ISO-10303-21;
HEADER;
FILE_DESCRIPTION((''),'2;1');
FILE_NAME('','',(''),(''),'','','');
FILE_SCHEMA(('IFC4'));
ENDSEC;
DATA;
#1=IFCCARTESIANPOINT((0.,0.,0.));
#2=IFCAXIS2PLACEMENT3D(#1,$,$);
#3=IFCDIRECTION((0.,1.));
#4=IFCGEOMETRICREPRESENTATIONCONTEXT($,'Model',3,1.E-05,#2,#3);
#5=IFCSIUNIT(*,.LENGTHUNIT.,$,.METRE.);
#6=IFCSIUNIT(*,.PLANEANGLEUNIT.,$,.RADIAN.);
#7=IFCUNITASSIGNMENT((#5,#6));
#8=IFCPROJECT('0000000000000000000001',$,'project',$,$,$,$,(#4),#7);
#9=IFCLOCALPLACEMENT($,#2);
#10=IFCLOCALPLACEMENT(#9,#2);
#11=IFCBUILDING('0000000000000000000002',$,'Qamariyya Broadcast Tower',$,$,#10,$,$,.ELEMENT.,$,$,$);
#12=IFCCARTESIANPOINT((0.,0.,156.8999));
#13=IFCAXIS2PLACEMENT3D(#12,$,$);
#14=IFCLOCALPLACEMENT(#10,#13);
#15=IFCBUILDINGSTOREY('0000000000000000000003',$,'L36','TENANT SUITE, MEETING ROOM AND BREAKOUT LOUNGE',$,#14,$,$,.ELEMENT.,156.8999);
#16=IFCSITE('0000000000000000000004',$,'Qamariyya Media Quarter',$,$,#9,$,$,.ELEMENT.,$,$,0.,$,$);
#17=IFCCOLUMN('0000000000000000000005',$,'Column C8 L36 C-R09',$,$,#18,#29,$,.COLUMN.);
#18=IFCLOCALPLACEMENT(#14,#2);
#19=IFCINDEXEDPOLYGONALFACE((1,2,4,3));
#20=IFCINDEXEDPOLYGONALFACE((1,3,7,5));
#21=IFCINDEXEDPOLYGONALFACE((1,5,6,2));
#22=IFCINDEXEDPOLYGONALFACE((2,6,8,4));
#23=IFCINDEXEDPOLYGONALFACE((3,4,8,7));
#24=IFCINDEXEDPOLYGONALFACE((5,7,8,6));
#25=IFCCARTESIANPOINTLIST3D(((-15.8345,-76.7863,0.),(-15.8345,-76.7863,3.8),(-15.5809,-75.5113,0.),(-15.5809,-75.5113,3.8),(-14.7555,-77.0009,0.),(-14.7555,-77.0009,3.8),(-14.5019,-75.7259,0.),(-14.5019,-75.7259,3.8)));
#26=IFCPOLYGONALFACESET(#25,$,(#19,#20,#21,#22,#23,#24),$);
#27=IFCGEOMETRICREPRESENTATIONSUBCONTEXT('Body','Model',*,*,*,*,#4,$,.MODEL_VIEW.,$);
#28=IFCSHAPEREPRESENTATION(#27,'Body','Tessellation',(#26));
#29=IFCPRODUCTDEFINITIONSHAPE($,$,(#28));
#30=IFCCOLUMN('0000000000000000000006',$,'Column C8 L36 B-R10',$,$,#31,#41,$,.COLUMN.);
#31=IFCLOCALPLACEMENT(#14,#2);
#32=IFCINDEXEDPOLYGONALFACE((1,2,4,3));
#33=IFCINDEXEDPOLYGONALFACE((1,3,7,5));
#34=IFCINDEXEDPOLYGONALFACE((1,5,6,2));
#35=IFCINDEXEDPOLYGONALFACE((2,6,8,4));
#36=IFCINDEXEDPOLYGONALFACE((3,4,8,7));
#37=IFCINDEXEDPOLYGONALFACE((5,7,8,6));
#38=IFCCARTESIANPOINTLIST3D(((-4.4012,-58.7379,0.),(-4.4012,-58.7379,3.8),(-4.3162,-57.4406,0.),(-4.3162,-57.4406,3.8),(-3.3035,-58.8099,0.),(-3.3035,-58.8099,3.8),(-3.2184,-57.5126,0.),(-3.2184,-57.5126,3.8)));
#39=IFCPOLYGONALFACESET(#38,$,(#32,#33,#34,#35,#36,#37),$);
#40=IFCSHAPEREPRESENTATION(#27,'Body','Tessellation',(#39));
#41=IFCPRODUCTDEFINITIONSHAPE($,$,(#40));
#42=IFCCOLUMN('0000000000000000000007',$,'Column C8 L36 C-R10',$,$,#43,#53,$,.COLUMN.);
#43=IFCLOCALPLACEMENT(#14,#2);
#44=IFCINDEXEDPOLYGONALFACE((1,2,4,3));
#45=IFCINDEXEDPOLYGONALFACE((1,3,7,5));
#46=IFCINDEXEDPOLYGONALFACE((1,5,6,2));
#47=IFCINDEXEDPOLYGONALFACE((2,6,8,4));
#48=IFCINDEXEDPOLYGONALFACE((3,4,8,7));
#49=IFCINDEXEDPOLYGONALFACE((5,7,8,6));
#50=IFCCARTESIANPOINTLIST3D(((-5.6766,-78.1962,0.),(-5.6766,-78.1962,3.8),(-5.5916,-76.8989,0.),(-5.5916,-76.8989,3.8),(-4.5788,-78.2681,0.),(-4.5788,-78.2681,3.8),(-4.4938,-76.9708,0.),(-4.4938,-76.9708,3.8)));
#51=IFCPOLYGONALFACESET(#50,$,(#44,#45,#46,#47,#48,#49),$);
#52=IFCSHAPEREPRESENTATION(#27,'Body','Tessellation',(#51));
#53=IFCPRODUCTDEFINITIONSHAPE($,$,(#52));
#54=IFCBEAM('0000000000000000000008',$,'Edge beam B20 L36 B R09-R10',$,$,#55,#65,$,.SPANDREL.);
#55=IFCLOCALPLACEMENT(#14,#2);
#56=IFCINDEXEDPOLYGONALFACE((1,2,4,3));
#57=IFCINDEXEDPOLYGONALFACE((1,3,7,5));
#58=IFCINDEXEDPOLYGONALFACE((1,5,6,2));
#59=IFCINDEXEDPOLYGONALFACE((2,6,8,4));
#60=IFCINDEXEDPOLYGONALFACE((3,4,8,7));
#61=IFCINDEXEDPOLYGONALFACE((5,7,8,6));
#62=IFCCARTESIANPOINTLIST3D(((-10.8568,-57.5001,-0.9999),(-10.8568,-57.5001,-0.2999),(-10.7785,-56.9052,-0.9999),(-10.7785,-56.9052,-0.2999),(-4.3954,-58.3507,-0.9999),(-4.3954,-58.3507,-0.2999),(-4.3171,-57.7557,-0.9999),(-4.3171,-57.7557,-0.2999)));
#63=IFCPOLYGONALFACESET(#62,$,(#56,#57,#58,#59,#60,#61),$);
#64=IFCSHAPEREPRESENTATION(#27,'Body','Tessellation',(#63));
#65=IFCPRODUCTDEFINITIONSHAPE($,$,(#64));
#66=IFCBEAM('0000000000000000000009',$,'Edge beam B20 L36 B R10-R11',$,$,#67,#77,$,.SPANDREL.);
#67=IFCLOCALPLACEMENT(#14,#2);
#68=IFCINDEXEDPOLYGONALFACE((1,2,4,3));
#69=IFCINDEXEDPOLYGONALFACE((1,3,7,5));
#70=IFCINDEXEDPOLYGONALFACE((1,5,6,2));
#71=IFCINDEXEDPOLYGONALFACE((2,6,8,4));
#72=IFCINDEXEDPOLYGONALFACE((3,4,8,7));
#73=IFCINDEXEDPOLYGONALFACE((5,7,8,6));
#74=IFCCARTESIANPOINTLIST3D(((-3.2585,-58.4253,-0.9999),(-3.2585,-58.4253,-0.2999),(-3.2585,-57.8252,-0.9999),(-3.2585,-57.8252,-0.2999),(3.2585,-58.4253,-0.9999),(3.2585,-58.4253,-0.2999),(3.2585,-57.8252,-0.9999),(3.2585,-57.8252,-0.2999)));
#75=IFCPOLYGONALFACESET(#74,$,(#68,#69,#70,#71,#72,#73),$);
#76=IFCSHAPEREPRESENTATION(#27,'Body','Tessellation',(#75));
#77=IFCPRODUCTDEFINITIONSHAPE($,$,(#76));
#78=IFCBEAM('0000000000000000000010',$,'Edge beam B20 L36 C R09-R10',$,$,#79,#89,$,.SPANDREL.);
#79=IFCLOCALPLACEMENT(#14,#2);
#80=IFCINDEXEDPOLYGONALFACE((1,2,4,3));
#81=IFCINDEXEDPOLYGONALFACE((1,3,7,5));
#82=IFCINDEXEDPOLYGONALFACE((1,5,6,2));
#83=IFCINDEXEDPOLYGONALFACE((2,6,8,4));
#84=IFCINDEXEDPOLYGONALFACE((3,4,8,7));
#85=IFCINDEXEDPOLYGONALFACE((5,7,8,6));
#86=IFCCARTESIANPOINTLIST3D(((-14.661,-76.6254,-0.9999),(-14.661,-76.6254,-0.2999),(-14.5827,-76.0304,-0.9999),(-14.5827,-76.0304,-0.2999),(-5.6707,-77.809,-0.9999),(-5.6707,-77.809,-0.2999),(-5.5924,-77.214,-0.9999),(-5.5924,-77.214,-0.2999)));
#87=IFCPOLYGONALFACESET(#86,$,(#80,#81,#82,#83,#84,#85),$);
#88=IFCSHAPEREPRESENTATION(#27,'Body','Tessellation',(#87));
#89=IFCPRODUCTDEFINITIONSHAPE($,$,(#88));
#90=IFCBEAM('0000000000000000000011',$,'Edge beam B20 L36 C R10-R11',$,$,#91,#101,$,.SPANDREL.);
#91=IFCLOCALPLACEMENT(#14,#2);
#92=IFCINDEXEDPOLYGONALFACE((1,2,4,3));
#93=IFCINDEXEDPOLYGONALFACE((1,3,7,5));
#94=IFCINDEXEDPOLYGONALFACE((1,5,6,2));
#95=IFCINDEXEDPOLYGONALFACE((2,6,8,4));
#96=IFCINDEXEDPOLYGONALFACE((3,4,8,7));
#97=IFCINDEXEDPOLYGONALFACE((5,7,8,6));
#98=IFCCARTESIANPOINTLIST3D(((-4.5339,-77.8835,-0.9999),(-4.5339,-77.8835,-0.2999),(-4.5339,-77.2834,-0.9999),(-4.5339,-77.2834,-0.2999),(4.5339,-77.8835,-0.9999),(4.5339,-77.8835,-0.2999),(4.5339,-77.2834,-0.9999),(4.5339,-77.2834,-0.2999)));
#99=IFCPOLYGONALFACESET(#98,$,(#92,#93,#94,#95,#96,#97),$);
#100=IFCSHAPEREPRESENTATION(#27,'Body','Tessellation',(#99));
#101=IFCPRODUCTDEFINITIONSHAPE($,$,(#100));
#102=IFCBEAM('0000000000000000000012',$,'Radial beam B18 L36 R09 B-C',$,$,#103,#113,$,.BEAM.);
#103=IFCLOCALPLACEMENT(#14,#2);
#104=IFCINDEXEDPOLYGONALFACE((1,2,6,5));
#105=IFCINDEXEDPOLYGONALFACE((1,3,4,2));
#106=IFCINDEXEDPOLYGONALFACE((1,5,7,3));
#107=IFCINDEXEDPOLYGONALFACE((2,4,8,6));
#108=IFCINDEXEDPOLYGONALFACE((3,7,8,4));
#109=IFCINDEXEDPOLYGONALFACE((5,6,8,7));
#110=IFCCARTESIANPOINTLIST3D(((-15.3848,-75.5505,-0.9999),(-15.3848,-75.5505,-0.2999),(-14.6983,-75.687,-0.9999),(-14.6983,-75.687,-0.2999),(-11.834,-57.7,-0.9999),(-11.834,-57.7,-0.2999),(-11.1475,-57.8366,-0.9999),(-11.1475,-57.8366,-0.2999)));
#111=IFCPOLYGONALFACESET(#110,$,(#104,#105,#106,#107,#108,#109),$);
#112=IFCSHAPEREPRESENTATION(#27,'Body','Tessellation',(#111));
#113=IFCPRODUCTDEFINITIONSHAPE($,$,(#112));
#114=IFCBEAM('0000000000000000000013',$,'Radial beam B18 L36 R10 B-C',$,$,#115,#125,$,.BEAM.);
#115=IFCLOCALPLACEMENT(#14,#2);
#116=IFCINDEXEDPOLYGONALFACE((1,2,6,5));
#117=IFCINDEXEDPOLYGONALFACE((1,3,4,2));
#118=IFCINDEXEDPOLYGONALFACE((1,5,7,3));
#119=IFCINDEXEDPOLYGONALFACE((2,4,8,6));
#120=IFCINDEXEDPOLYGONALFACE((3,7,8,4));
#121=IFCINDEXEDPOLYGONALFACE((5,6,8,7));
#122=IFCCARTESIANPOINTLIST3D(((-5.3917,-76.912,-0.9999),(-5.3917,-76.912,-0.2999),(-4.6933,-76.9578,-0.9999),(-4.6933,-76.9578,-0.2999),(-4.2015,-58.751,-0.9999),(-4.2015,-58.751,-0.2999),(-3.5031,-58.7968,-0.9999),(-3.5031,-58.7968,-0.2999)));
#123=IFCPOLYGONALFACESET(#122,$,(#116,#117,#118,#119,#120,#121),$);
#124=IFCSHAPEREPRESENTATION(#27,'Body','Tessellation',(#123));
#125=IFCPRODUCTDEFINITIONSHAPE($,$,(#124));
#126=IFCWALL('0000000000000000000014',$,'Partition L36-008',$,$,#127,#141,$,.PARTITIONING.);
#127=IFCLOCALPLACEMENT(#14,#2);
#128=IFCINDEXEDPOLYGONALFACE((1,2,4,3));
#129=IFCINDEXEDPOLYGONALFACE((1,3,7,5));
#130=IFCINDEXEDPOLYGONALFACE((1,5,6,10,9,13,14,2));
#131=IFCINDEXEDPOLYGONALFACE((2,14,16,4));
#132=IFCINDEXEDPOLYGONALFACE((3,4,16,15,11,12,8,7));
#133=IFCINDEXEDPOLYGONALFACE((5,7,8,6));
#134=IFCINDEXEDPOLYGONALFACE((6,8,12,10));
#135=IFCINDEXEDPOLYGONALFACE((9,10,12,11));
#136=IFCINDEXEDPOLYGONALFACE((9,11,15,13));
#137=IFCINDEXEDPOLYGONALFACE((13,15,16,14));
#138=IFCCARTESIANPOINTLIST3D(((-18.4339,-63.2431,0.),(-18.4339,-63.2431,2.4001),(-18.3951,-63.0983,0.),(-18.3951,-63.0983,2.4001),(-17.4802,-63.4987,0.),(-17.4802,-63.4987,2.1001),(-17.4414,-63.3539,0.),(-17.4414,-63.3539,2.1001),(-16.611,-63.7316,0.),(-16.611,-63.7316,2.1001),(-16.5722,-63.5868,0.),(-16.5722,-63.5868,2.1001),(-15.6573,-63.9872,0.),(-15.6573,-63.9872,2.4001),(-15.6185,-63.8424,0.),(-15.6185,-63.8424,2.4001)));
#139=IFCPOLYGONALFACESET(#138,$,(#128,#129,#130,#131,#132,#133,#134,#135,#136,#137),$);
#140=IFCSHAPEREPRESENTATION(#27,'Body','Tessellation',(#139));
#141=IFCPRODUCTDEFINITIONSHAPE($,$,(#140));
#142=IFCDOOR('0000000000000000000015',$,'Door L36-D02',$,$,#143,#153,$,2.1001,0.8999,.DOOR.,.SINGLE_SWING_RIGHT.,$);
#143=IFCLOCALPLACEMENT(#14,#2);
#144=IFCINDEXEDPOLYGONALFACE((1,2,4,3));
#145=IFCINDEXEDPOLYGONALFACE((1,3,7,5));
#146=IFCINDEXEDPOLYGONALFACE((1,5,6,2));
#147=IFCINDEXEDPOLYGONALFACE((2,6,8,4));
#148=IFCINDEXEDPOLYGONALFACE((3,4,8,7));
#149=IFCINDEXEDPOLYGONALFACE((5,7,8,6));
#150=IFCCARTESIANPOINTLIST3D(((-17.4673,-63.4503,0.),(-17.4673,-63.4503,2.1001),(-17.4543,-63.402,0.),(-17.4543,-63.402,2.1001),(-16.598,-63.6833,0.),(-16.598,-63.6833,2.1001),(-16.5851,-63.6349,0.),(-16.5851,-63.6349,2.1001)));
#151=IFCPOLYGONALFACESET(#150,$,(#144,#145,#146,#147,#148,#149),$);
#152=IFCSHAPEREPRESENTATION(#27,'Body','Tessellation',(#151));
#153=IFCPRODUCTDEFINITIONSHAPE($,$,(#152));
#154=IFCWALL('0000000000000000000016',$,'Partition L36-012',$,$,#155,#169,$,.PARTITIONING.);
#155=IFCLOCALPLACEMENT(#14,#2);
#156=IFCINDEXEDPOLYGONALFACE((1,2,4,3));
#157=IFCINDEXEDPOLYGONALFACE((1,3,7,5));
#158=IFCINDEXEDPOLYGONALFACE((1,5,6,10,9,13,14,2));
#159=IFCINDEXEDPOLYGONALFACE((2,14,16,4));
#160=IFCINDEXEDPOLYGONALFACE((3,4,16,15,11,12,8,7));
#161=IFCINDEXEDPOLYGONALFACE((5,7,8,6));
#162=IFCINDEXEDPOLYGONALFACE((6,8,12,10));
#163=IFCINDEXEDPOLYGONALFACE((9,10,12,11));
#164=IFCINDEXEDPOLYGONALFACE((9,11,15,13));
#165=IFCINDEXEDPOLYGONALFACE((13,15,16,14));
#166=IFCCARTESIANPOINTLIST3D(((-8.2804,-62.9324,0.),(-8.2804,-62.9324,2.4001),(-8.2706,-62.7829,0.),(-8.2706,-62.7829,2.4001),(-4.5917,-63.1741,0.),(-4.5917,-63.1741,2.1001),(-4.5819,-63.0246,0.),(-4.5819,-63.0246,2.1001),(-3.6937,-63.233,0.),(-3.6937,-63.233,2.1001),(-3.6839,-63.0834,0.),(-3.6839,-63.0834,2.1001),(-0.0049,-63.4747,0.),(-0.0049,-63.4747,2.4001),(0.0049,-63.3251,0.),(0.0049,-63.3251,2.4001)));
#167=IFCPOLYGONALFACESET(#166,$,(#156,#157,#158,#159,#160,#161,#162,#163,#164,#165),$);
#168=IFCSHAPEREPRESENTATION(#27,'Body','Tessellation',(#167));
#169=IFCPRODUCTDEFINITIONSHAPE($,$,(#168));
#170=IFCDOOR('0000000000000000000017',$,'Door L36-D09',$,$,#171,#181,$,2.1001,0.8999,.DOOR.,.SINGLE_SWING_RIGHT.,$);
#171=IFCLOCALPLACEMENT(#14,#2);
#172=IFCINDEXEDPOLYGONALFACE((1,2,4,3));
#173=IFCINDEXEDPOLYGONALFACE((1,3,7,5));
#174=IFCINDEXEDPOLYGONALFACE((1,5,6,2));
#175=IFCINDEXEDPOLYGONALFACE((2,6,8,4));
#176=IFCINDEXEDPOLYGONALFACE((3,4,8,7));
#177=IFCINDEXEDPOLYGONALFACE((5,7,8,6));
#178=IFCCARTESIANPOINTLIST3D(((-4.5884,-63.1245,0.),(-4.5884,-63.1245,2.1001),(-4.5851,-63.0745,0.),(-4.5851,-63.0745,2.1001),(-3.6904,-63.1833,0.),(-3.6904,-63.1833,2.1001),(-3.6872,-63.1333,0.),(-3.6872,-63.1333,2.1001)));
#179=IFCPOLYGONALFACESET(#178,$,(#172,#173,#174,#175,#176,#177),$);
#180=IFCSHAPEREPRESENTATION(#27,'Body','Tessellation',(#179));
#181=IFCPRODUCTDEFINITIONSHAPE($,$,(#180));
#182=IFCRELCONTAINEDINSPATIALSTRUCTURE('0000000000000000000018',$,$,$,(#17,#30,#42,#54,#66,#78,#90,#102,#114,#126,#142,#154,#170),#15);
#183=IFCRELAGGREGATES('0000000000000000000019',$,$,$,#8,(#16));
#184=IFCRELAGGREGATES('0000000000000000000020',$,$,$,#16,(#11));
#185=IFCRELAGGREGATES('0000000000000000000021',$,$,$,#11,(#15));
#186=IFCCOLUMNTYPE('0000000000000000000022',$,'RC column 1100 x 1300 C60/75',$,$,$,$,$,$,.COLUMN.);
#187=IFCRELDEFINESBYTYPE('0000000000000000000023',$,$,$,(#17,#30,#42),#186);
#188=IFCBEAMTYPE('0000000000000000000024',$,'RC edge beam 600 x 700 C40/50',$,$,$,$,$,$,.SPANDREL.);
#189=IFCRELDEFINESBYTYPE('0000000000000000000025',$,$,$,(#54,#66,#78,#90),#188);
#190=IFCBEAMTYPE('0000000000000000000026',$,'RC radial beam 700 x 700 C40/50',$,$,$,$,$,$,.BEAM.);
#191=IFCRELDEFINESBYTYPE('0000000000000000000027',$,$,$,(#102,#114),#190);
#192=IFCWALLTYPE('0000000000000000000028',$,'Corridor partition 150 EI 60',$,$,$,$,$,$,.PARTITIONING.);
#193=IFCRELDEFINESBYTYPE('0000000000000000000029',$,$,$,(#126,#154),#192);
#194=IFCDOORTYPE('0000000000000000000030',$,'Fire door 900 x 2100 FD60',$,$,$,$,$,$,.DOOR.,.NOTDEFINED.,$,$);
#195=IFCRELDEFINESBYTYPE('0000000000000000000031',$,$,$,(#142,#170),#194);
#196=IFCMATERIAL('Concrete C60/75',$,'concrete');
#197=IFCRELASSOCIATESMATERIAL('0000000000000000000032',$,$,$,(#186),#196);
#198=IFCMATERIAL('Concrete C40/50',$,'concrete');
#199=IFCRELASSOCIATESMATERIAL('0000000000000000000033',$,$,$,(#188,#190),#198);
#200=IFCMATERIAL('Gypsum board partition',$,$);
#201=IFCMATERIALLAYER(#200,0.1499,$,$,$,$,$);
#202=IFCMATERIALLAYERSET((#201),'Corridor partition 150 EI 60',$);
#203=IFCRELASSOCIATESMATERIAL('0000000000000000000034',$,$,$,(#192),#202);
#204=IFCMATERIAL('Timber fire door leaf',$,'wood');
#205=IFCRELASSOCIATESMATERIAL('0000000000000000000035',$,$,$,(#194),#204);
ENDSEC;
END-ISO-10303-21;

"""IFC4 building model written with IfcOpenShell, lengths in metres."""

from ifc_helpers import new_model, si_unit, direction, frame, frame_2d, origin, origin_2d, place, context, subcontext, project, spatial, rectangle, extrude, material, layer, layer_set, material_profile, profile_set, type_object, element, fill, save


model = new_model("IFC4")

# Units and contexts
model_context = context("Model", 3, precision=1e-05, world=origin(), true_north=direction((0.0, 1.0)))
body_context = subcontext(model_context, "Body", "Model", "MODEL_VIEW")
ifc_project = project(units=[si_unit("LENGTHUNIT", "METRE"), si_unit("PLANEANGLEUNIT", "RADIAN")], contexts=[model_context])

# Site, building, storey
site_placement = place(None, origin())
site = spatial("IfcSite", under=ifc_project, at=site_placement, Name="Qamariyya Media Quarter", CompositionType="ELEMENT", RefElevation=0.0)
building_placement = place(site_placement, origin())
building = spatial("IfcBuilding", under=site, at=building_placement, Name="Qamariyya Broadcast Tower", CompositionType="ELEMENT")
storey_placement = place(building_placement, frame((0.0, 0.0, 156.8999)))
storey = spatial("IfcBuildingStorey", under=building, at=storey_placement, Name="L36", Description="TENANT SUITE, MEETING ROOM AND BREAKOUT LOUNGE", CompositionType="ELEMENT", Elevation=156.8999)

# Columns
ifc_material_1 = material(Name="Concrete C60/75", Category="concrete")
ifc_material_profile_1 = material_profile(ifc_material_1, rectangle(XDim=1.1001, YDim=1.3, at=origin_2d()))
ifc_profile_set_1 = profile_set([ifc_material_profile_1], Name="Concrete C60/75")
column_type = type_object("IfcColumnType", Name="RC column 1100 x 1300 C60/75", PredefinedType="COLUMN", material=ifc_profile_set_1)
for number, where, z_axis, x_axis, name in (
    (1, (-15.1682, -76.2561, 0.0), (0.0, 0.0, 1.0), (0.980785, -0.19509, 0.0), "Column C8 L36 C-R09"),
    (2, (-3.8098, -58.1252, 0.0), (0.0, 0.0, 1.0), (0.997859, -0.065403, 0.0), "Column C8 L36 B-R10"),
    (3, (-5.0852, -77.5835, 0.0), (0.0, 0.0, 1.0), (0.997859, -0.065403, 0.0), "Column C8 L36 C-R10"),
):
    element("IfcColumn", number, at=place(storey_placement, frame(where, z_axis=z_axis, x_axis=x_axis)), inside=storey, type_object=column_type, Name=name, PredefinedType="COLUMN", context=body_context, shape_type="SweptSolid", body=[
        extrude(rectangle(XDim=1.1001, YDim=1.3, at=origin_2d()), origin(), (0.0, 0.0, 1.0), 3.8),
    ])

# Beams
ifc_material_2 = material(Name="Concrete C40/50", Category="concrete")
ifc_material_profile_2 = material_profile(ifc_material_2, rectangle(XDim=0.6001, YDim=0.7, at=origin_2d()))
ifc_profile_set_2 = profile_set([ifc_material_profile_2], Name="Concrete C40/50")
beam_type_1 = type_object("IfcBeamType", Name="RC edge beam 600 x 700 C40/50", PredefinedType="SPANDREL", material=ifc_profile_set_2)
for number, where, z_axis, x_axis, name in (
    (4, (-10.8176, -57.2026, -0.6499), (0.991446, -0.130515, 0.0), (0.130515, 0.991446, 0.0), "Edge beam B20 L36 B R09-R10"),
    (5, (-3.2585, -58.1252, -0.6499), (1.0, 0.0, 0.0), (0.0, 1.0, 0.0), "Edge beam B20 L36 B R10-R11"),
):
    element("IfcBeam", number, at=place(storey_placement, frame(where, z_axis=z_axis, x_axis=x_axis)), inside=storey, type_object=beam_type_1, Name=name, PredefinedType="SPANDREL", context=body_context, shape_type="SweptSolid", body=[
        extrude(rectangle(XDim=0.6001, YDim=0.7, at=origin_2d()), origin(), (0.0, 0.0, 1.0), 6.5171),
    ])
for number, where, z_axis, x_axis, name in (
    (6, (-14.6218, -76.3279, -0.6499), (0.991445, -0.130527, 0.0), (0.130527, 0.991445, 0.0), "Edge beam B20 L36 C R09-R10"),
    (7, (-4.5339, -77.5835, -0.6499), (1.0, 0.0, 0.0), (0.0, 1.0, 0.0), "Edge beam B20 L36 C R10-R11"),
):
    element("IfcBeam", number, at=place(storey_placement, frame(where, z_axis=z_axis, x_axis=x_axis)), inside=storey, type_object=beam_type_1, Name=name, PredefinedType="SPANDREL", context=body_context, shape_type="SweptSolid", body=[
        extrude(rectangle(XDim=0.6001, YDim=0.7, at=origin_2d()), origin(), (0.0, 0.0, 1.0), 9.0679),
    ])
ifc_material_profile_3 = material_profile(ifc_material_2, rectangle(XDim=0.7, YDim=0.7, at=origin_2d()))
ifc_profile_set_3 = profile_set([ifc_material_profile_3], Name="Concrete C40/50")
beam_type_2 = type_object("IfcBeamType", Name="RC radial beam 700 x 700 C40/50", PredefinedType="BEAM", material=ifc_profile_set_3)
beam_1_placement = place(storey_placement, frame((-11.4907, -57.7683, -0.6499), z_axis=(-0.195097, -0.980784, 0.0), x_axis=(0.980784, -0.195097, 0.0)))
element("IfcBeam", 8, at=beam_1_placement, inside=storey, type_object=beam_type_2, Name="Radial beam B18 L36 R09 B-C", PredefinedType="BEAM", context=body_context, shape_type="SweptSolid", body=[
    extrude(rectangle(XDim=0.7, YDim=0.7, at=origin_2d()), origin(), (0.0, 0.0, 1.0), 18.2002),
])
beam_2_placement = place(storey_placement, frame((-3.8523, -58.7739, -0.6499), z_axis=(-0.065395, -0.997859, 0.0), x_axis=(0.997859, -0.065395, 0.0)))
element("IfcBeam", 9, at=beam_2_placement, inside=storey, type_object=beam_type_2, Name="Radial beam B18 L36 R10 B-C", PredefinedType="BEAM", context=body_context, shape_type="SweptSolid", body=[
    extrude(rectangle(XDim=0.7, YDim=0.7, at=origin_2d()), origin(), (0.0, 0.0, 1.0), 18.2),
])

# Walls, openings, doors
ifc_material_3 = material(Name="Gypsum board partition")
ifc_layer = layer(ifc_material_3, 0.1499)
ifc_layer_set = layer_set([ifc_layer], Name="Corridor partition 150 EI 60")
wall_type = type_object("IfcWallType", Name="Corridor partition 150 EI 60", PredefinedType="PARTITIONING", material=ifc_layer_set)
wall_1_placement = place(storey_placement, frame((-15.6379, -63.9148, 0.0), z_axis=(0.0, 0.0, 1.0), x_axis=(-0.965913, 0.258868, 0.0)))
wall_1 = element("IfcWall", 10, at=wall_1_placement, inside=storey, type_object=wall_type, Name="Partition L36-008", PredefinedType="PARTITIONING", context=body_context, shape_type="SweptSolid", body=[
    extrude(rectangle(XDim=2.8745, YDim=0.1499, at=frame_2d((1.4373, 0.0))), origin(), (0.0, 0.0, 1.0), 2.4001),
])
opening_1_placement = place(wall_1_placement, frame((0.9873, 0.0, 0.0)))
opening_1 = element("IfcOpeningElement", 11, at=opening_1_placement, cuts=wall_1, PredefinedType="OPENING", context=body_context, shape_type="SweptSolid", body=[
    extrude(rectangle(XDim=0.8999, YDim=2.1001, at=frame_2d((0.45, 1.05))), frame((0.0, 0.085, 0.0), z_axis=(0.0, -1.0, 0.0), x_axis=(1.0, 0.0, 0.0)), (0.0, 0.0, 1.0), 0.1699),
])
ifc_material_4 = material(Name="Timber fire door leaf", Category="wood")
door_type = type_object("IfcDoorType", Name="Fire door 900 x 2100 FD60", OperationType="NOTDEFINED", PredefinedType="DOOR", material=ifc_material_4)
door_1_placement = place(opening_1_placement, origin())
door_1 = element("IfcDoor", 12, at=door_1_placement, inside=storey, type_object=door_type, Name="Door L36-D02", OperationType="SINGLE_SWING_RIGHT", OverallHeight=2.1001, OverallWidth=0.8999, PredefinedType="DOOR", context=body_context, shape_type="SweptSolid", body=[
    extrude(rectangle(XDim=0.8999, YDim=2.1001, at=frame_2d((0.45, 1.05))), frame((0.0, 0.0249, 0.0), z_axis=(0.0, -1.0, 0.0), x_axis=(1.0, 0.0, 0.0)), (0.0, 0.0, 1.0), 0.05),
])
fill(opening_1, door_1)
wall_2_placement = place(storey_placement, frame((-8.2754, -62.8577, 0.0), z_axis=(0.0, 0.0, 1.0), x_axis=(0.99786, -0.065384, 0.0)))
wall_2 = element("IfcWall", 13, at=wall_2_placement, inside=storey, type_object=wall_type, Name="Partition L36-012", PredefinedType="PARTITIONING", context=body_context, shape_type="SweptSolid", body=[
    extrude(rectangle(XDim=8.2932, YDim=0.1499, at=frame_2d((4.1465, 0.0))), origin(), (0.0, 0.0, 1.0), 2.4001),
])
opening_2_placement = place(wall_2_placement, frame((3.6965, 0.0, 0.0)))
opening_2 = element("IfcOpeningElement", 14, at=opening_2_placement, cuts=wall_2, PredefinedType="OPENING", context=body_context, shape_type="SweptSolid", body=[
    extrude(rectangle(XDim=0.8999, YDim=2.1001, at=frame_2d((0.45, 1.05))), frame((0.0, 0.085, 0.0), z_axis=(0.0, -1.0, 0.0), x_axis=(1.0, 0.0, 0.0)), (0.0, 0.0, 1.0), 0.1699),
])
door_2_placement = place(opening_2_placement, origin())
door_2 = element("IfcDoor", 15, at=door_2_placement, inside=storey, type_object=door_type, Name="Door L36-D09", OperationType="SINGLE_SWING_RIGHT", OverallHeight=2.1001, OverallWidth=0.8999, PredefinedType="DOOR", context=body_context, shape_type="SweptSolid", body=[
    extrude(rectangle(XDim=0.8999, YDim=2.1001, at=frame_2d((0.45, 1.05))), frame((0.0, 0.0249, 0.0), z_axis=(0.0, -1.0, 0.0), x_axis=(1.0, 0.0, 0.0)), (0.0, 0.0, 1.0), 0.05),
])
fill(opening_2, door_2)

save(model, "model.ifc")
